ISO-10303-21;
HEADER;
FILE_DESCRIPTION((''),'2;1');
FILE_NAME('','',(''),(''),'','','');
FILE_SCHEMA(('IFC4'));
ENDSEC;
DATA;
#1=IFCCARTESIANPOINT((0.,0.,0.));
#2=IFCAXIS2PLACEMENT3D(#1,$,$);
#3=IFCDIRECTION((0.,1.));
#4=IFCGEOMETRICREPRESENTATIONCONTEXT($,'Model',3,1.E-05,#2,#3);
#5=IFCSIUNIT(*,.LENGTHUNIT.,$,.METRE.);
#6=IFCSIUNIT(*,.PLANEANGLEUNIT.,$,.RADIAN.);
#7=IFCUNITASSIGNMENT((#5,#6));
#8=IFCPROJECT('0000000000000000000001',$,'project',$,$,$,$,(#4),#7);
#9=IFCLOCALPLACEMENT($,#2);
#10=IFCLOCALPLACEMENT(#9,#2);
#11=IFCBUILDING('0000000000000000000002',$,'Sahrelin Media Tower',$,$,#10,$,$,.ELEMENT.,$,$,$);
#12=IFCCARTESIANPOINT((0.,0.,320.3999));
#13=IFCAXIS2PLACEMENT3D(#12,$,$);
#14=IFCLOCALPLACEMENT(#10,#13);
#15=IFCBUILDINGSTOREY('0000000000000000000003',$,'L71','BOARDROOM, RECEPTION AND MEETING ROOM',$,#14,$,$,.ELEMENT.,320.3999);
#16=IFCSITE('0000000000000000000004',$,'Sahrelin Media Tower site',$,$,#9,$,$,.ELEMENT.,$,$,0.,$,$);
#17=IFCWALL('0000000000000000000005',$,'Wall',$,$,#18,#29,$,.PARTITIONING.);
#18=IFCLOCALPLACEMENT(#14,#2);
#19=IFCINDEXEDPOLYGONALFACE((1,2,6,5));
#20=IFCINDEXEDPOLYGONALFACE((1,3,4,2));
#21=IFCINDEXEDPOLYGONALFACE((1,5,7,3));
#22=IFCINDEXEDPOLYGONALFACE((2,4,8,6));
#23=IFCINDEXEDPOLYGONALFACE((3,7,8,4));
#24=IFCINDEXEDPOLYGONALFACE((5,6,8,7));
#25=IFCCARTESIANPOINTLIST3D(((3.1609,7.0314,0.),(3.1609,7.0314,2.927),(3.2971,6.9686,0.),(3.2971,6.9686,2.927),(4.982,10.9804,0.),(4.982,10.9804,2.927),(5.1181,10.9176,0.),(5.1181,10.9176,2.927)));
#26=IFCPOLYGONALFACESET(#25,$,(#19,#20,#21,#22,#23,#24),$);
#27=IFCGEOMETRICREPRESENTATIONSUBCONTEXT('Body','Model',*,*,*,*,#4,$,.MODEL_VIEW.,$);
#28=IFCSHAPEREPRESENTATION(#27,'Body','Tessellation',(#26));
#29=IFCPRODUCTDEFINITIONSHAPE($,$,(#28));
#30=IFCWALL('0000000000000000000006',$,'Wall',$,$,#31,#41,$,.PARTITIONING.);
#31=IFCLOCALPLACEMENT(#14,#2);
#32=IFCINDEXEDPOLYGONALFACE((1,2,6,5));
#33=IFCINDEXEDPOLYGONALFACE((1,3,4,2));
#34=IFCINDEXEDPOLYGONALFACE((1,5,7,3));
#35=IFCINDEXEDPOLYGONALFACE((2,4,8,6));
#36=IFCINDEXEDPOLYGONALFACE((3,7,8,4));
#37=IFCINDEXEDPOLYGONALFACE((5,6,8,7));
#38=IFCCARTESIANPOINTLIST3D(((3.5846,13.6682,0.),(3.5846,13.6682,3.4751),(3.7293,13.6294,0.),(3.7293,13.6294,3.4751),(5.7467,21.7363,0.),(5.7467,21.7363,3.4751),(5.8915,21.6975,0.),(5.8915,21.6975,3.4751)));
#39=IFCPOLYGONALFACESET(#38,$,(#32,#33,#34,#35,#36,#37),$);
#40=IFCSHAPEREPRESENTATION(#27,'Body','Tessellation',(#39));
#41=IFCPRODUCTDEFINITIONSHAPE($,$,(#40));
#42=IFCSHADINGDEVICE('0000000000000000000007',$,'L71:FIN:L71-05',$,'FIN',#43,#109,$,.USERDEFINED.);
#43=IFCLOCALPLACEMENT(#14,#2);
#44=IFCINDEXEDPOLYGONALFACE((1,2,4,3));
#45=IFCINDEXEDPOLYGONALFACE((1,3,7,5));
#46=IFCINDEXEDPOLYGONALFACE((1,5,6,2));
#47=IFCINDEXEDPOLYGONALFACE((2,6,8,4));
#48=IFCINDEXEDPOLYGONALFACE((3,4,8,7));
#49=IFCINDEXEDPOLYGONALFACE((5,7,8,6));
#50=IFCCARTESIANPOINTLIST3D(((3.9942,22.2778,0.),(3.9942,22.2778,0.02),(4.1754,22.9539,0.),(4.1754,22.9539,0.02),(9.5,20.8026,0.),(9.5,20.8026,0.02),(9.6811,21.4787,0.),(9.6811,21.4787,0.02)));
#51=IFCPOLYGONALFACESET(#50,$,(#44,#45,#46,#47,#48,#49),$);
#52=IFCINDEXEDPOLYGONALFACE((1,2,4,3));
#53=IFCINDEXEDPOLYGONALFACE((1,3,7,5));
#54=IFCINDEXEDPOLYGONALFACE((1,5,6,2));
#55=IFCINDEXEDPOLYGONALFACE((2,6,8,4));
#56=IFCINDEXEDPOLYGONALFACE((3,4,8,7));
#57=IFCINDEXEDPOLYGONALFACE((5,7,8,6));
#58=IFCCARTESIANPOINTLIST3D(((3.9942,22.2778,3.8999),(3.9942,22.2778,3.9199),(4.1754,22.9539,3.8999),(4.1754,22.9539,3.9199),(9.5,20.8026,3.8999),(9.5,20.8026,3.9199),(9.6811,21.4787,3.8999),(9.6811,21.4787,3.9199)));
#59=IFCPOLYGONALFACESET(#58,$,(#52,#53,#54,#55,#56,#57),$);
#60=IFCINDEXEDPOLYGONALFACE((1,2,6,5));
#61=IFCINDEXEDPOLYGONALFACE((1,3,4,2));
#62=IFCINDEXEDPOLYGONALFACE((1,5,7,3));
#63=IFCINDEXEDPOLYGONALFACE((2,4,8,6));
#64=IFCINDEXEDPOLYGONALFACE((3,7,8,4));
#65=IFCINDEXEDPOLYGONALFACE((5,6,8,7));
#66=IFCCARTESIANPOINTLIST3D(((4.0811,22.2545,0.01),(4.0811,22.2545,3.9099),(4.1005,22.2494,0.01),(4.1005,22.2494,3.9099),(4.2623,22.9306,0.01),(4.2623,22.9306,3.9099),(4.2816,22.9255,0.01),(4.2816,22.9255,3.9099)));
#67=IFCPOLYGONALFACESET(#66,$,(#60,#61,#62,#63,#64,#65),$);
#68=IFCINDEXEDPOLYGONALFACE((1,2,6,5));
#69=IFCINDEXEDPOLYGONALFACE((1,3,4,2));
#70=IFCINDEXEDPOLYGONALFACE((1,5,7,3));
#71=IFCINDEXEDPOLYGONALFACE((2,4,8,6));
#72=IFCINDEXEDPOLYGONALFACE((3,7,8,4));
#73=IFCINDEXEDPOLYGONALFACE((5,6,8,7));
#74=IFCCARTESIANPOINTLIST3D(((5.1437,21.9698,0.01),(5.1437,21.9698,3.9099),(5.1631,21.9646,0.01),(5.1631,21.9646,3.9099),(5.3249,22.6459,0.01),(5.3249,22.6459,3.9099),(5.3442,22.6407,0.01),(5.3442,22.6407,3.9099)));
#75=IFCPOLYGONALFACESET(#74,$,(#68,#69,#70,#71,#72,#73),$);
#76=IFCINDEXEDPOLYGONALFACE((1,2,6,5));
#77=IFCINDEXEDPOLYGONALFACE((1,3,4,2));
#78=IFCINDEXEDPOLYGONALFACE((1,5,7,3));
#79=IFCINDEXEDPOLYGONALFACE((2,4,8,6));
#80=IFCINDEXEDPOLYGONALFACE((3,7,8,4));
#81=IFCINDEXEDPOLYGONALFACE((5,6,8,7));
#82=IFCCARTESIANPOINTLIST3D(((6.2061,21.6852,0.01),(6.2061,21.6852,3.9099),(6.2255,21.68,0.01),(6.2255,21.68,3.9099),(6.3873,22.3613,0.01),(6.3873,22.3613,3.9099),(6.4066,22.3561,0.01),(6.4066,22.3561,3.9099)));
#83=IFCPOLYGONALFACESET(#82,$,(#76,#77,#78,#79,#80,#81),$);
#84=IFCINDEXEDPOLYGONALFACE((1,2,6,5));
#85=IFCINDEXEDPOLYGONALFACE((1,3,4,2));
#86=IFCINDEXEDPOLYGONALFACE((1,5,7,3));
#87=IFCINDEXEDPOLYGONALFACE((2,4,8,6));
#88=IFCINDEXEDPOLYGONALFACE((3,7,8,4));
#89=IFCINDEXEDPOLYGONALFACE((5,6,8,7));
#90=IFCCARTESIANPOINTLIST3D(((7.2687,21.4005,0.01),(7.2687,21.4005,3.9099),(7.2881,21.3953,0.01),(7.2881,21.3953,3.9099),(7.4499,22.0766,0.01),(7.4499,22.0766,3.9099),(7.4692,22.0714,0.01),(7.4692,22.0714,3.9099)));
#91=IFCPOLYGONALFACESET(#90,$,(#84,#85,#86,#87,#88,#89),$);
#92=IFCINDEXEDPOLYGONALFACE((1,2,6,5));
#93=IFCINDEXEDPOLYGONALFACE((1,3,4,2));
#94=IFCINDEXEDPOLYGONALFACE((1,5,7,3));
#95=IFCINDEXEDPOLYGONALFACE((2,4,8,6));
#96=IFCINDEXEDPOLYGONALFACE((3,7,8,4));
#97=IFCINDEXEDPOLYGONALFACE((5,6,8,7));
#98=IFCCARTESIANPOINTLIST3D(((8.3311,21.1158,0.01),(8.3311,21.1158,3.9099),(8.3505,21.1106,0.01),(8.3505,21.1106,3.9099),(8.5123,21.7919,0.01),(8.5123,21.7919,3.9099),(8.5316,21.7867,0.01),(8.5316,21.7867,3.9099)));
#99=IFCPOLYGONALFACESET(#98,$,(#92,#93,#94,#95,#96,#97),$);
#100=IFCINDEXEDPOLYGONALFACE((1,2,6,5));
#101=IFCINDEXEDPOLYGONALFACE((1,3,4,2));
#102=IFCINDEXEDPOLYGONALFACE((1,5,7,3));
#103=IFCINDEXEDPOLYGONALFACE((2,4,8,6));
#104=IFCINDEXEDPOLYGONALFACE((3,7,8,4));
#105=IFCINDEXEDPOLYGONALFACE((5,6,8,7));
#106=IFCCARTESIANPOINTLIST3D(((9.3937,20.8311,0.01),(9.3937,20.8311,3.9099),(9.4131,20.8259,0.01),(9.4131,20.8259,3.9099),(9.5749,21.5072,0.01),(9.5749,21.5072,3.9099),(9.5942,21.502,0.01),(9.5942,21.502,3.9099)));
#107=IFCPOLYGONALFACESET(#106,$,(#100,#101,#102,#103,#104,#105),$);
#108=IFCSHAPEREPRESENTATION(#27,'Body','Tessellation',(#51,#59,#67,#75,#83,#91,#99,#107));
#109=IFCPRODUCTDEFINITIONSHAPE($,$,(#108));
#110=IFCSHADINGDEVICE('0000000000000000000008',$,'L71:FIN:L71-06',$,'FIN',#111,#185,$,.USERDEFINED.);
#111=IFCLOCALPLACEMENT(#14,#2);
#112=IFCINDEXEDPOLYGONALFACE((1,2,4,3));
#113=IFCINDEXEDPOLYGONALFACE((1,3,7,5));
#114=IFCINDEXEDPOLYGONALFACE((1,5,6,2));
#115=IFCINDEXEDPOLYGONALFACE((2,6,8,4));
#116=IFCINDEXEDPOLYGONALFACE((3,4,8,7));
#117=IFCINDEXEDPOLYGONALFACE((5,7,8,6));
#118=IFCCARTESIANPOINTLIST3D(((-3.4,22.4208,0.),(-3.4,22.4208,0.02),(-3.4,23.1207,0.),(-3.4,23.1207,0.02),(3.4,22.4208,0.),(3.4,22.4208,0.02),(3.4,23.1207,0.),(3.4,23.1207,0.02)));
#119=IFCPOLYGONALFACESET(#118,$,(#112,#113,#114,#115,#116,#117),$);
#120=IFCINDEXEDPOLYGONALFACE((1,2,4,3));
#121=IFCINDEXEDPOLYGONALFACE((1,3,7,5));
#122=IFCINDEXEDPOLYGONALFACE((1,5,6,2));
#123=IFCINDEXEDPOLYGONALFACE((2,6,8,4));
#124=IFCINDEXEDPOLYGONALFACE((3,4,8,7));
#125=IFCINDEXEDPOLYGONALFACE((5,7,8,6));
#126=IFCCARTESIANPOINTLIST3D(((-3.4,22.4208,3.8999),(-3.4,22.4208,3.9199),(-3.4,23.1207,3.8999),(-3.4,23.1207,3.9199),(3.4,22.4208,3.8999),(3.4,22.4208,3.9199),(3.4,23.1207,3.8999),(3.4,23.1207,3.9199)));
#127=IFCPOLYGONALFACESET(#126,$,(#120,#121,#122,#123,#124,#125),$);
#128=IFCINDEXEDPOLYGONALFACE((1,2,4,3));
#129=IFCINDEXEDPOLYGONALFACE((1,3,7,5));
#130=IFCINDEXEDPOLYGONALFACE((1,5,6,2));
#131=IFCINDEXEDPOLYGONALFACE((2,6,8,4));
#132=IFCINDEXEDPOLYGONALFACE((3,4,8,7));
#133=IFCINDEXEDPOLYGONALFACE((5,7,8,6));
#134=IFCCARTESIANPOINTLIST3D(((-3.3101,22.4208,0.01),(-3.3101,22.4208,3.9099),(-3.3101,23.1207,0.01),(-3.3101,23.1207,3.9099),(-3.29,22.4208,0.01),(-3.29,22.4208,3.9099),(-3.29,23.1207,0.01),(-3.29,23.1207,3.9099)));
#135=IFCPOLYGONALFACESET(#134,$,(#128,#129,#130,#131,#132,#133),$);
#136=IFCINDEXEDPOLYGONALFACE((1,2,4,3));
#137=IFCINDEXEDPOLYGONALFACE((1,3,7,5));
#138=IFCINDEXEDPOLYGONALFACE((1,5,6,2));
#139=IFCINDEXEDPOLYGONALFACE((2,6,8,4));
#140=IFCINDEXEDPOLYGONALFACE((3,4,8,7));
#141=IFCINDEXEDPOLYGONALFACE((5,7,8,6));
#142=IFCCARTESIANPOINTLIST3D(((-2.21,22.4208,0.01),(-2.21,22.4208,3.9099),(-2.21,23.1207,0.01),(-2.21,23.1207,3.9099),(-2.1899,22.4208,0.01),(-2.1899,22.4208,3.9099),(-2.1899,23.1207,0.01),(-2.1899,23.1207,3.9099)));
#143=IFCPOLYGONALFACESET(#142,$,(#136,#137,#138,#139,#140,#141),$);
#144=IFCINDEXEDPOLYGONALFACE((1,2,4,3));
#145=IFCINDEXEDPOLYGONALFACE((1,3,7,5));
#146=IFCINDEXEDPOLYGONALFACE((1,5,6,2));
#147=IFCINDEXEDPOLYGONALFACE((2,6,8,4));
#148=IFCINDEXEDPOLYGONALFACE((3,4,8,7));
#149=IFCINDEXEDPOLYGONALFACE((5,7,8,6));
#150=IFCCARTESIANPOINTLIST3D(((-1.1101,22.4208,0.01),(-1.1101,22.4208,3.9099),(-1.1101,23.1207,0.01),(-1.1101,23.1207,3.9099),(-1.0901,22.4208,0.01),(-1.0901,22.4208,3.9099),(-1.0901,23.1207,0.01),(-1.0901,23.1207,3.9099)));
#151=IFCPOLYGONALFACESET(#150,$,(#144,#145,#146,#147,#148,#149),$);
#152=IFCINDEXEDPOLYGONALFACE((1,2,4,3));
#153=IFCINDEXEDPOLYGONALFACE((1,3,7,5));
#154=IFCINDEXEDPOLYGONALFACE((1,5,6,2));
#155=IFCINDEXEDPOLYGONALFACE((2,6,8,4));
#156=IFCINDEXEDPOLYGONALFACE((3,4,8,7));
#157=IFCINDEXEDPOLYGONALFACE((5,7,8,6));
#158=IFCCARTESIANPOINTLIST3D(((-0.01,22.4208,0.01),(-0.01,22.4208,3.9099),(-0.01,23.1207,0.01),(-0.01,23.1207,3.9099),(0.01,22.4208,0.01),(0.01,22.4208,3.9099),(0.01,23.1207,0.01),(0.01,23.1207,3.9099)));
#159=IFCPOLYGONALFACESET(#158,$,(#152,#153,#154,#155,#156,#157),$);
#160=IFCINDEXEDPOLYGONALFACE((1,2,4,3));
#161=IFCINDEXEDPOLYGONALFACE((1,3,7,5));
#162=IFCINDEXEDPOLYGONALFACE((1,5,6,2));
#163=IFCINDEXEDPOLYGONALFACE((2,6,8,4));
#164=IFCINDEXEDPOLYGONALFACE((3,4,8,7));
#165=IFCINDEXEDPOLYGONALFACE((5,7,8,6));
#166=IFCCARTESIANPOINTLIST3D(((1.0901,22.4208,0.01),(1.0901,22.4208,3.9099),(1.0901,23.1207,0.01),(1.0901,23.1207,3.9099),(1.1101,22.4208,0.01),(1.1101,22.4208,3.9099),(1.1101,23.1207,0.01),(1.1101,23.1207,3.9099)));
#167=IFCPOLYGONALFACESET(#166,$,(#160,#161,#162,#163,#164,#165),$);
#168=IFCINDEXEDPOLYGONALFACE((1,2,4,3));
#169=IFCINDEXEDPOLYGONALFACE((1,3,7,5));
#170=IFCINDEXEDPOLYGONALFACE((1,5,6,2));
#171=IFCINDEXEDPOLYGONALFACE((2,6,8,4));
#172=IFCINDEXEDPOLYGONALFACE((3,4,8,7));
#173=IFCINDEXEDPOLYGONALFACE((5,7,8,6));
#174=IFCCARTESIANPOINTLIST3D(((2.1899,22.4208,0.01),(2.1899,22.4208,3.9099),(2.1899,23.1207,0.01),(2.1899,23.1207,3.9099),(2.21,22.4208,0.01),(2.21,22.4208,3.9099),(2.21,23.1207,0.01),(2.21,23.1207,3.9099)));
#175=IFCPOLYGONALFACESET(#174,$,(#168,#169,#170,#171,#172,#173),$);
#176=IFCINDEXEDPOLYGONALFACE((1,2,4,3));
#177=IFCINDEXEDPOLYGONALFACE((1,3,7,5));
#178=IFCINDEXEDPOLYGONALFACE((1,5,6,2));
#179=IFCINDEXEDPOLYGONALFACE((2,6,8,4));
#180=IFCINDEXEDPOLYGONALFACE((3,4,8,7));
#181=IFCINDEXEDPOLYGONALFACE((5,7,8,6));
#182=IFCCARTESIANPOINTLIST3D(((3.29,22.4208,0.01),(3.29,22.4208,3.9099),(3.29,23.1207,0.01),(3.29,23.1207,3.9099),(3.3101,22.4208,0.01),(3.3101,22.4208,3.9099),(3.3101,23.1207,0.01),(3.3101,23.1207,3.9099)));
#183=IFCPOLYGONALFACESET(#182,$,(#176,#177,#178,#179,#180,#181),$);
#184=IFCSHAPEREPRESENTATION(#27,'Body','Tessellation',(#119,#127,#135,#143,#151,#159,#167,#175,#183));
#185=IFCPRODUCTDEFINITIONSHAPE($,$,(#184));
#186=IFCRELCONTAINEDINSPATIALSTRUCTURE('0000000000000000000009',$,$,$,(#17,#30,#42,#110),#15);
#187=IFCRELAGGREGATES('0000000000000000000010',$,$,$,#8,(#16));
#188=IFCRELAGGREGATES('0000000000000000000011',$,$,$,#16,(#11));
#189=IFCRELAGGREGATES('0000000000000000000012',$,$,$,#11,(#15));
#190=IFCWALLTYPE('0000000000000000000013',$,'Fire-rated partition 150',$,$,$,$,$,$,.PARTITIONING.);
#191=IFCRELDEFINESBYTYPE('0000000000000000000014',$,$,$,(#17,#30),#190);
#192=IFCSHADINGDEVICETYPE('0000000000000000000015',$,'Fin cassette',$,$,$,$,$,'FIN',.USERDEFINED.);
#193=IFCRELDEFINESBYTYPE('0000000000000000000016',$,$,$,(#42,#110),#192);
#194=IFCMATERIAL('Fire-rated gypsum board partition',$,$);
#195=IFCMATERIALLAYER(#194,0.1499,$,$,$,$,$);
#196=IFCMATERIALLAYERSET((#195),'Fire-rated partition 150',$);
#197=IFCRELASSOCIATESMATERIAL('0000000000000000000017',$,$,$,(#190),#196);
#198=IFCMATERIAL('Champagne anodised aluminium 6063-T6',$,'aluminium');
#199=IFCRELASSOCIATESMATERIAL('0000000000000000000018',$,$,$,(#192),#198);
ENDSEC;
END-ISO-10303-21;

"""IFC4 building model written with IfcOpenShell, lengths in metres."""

from ifc_helpers import new_model, si_unit, direction, frame, frame_2d, origin, origin_2d, place, context, subcontext, project, spatial, rectangle, extrude, material, layer, layer_set, type_object, element, save


model = new_model("IFC4")

# Units and contexts
model_context = context("Model", 3, precision=1e-05, world=origin(), true_north=direction((0.0, 1.0)))
body_context = subcontext(model_context, "Body", "Model", "MODEL_VIEW")
ifc_project = project(units=[si_unit("LENGTHUNIT", "METRE"), si_unit("PLANEANGLEUNIT", "RADIAN")], contexts=[model_context])

# Site, building, storey
site_placement = place(None, origin())
site = spatial("IfcSite", under=ifc_project, at=site_placement, Name="Sahrelin Media Tower site", CompositionType="ELEMENT", RefElevation=0.0)
building_placement = place(site_placement, origin())
building = spatial("IfcBuilding", under=site, at=building_placement, Name="Sahrelin Media Tower", CompositionType="ELEMENT")
storey_placement = place(building_placement, frame((0.0, 0.0, 320.3999)))
storey = spatial("IfcBuildingStorey", under=building, at=storey_placement, Name="L71", Description="BOARDROOM, RECEPTION AND MEETING ROOM", CompositionType="ELEMENT", Elevation=320.3999)

# Shared definitions
ifc_material_1 = material(Name="Champagne anodised aluminium 6063-T6", Category="aluminium")
placement_1 = place(storey_placement, frame((0.0, 22.3508, 0.0), z_axis=(0.0, 0.0, 1.0), x_axis=(1.0, 0.0, 0.0)))

# Walls
ifc_material_2 = material(Name="Fire-rated gypsum board partition")
ifc_layer_1 = layer(ifc_material_2, 0.1499)
ifc_layer_set_1 = layer_set([ifc_layer_1], Name="Fire-rated partition 150")
wall_type = type_object("IfcWallType", Name="Fire-rated partition 150", PredefinedType="PARTITIONING", material=ifc_layer_set_1)
wall_1_placement = place(storey_placement, frame((3.229, 7.0, 0.0), z_axis=(0.0, 0.0, 1.0), x_axis=(0.418763, 0.908096, 0.0)))
element("IfcWall", 1, at=wall_1_placement, inside=storey, type_object=wall_type, Name="Wall", PredefinedType="PARTITIONING", context=body_context, shape_type="SweptSolid", body=[
    extrude(rectangle(XDim=4.3486, YDim=0.1499, at=frame_2d((2.1743, 0.0))), origin(), (0.0, 0.0, 1.0), 2.927),
])
wall_2_placement = place(storey_placement, frame((3.657, 13.6489, 0.0), z_axis=(0.0, 0.0, 1.0), x_axis=(0.258849, 0.965918, 0.0)))
element("IfcWall", 2, at=wall_2_placement, inside=storey, type_object=wall_type, Name="Wall", PredefinedType="PARTITIONING", context=body_context, shape_type="SweptSolid", body=[
    extrude(rectangle(XDim=8.3528, YDim=0.1499, at=frame_2d((4.1763, 0.0))), origin(), (0.0, 0.0, 1.0), 3.4751),
])

# Shading devices
shading_device_type_1 = type_object("IfcShadingDeviceType", Name="Fin cassette", ElementType="FIN", PredefinedType="USERDEFINED", material=ifc_material_1)
placement_2 = place(storey_placement, frame((6.729, 21.4727, 0.0), z_axis=(0.0, 0.0, 1.0), x_axis=(0.965929, -0.258808, 0.0)))
element("IfcShadingDevice", 3, at=placement_2, inside=storey, type_object=shading_device_type_1, Name="L71:FIN:L71-05", ObjectType="FIN", PredefinedType="USERDEFINED", context=body_context, shape_type="SweptSolid", body=[
    extrude(rectangle(XDim=5.7, YDim=0.7, at=origin_2d()), frame((0.0, 0.4199, 0.0)), (0.0, 0.0, 1.0), 0.02),
    extrude(rectangle(XDim=5.7, YDim=0.7, at=origin_2d()), frame((0.0, 0.4199, 3.8999)), (0.0, 0.0, 1.0), 0.02),
    extrude(rectangle(XDim=0.02, YDim=0.7, at=origin_2d()), frame((-2.75, 0.4199, 0.01), z_axis=(0.0, 0.0, 1.0), x_axis=(1.0, 0.0, 0.0)), (0.0, 0.0, 1.0), 3.8999),
    extrude(rectangle(XDim=0.02, YDim=0.7, at=origin_2d()), frame((-1.6499, 0.4199, 0.01), z_axis=(0.0, 0.0, 1.0), x_axis=(1.0, 0.0, 0.0)), (0.0, 0.0, 1.0), 3.8999),
    extrude(rectangle(XDim=0.02, YDim=0.7, at=origin_2d()), frame((-0.55, 0.4199, 0.01), z_axis=(0.0, 0.0, 1.0), x_axis=(1.0, 0.0, 0.0)), (0.0, 0.0, 1.0), 3.8999),
    extrude(rectangle(XDim=0.02, YDim=0.7, at=origin_2d()), frame((0.55, 0.4199, 0.01), z_axis=(0.0, 0.0, 1.0), x_axis=(1.0, 0.0, 0.0)), (0.0, 0.0, 1.0), 3.8999),
    extrude(rectangle(XDim=0.02, YDim=0.7, at=origin_2d()), frame((1.6499, 0.4199, 0.01), z_axis=(0.0, 0.0, 1.0), x_axis=(1.0, 0.0, 0.0)), (0.0, 0.0, 1.0), 3.8999),
    extrude(rectangle(XDim=0.02, YDim=0.7, at=origin_2d()), frame((2.75, 0.4199, 0.01), z_axis=(0.0, 0.0, 1.0), x_axis=(1.0, 0.0, 0.0)), (0.0, 0.0, 1.0), 3.8999),
])
element("IfcShadingDevice", 4, at=placement_1, inside=storey, type_object=shading_device_type_1, Name="L71:FIN:L71-06", ObjectType="FIN", PredefinedType="USERDEFINED", context=body_context, shape_type="SweptSolid", body=[
    extrude(rectangle(XDim=6.8, YDim=0.7, at=origin_2d()), frame((0.0, 0.4199, 0.0)), (0.0, 0.0, 1.0), 0.02),
    extrude(rectangle(XDim=6.8, YDim=0.7, at=origin_2d()), frame((0.0, 0.4199, 3.8999)), (0.0, 0.0, 1.0), 0.02),
    extrude(rectangle(XDim=0.02, YDim=0.7, at=origin_2d()), frame((-3.3, 0.4199, 0.01), z_axis=(0.0, 0.0, 1.0), x_axis=(1.0, 0.0, 0.0)), (0.0, 0.0, 1.0), 3.8999),
    extrude(rectangle(XDim=0.02, YDim=0.7, at=origin_2d()), frame((-2.2, 0.4199, 0.01), z_axis=(0.0, 0.0, 1.0), x_axis=(1.0, 0.0, 0.0)), (0.0, 0.0, 1.0), 3.8999),
    extrude(rectangle(XDim=0.02, YDim=0.7, at=origin_2d()), frame((-1.1001, 0.4199, 0.01), z_axis=(0.0, 0.0, 1.0), x_axis=(1.0, 0.0, 0.0)), (0.0, 0.0, 1.0), 3.8999),
    extrude(rectangle(XDim=0.02, YDim=0.7, at=origin_2d()), frame((0.0, 0.4199, 0.01), z_axis=(0.0, 0.0, 1.0), x_axis=(1.0, 0.0, 0.0)), (0.0, 0.0, 1.0), 3.8999),
    extrude(rectangle(XDim=0.02, YDim=0.7, at=origin_2d()), frame((1.1001, 0.4199, 0.01), z_axis=(0.0, 0.0, 1.0), x_axis=(1.0, 0.0, 0.0)), (0.0, 0.0, 1.0), 3.8999),
    extrude(rectangle(XDim=0.02, YDim=0.7, at=origin_2d()), frame((2.2, 0.4199, 0.01), z_axis=(0.0, 0.0, 1.0), x_axis=(1.0, 0.0, 0.0)), (0.0, 0.0, 1.0), 3.8999),
    extrude(rectangle(XDim=0.02, YDim=0.7, at=origin_2d()), frame((3.3, 0.4199, 0.01), z_axis=(0.0, 0.0, 1.0), x_axis=(1.0, 0.0, 0.0)), (0.0, 0.0, 1.0), 3.8999),
])

save(model, "model.ifc")
